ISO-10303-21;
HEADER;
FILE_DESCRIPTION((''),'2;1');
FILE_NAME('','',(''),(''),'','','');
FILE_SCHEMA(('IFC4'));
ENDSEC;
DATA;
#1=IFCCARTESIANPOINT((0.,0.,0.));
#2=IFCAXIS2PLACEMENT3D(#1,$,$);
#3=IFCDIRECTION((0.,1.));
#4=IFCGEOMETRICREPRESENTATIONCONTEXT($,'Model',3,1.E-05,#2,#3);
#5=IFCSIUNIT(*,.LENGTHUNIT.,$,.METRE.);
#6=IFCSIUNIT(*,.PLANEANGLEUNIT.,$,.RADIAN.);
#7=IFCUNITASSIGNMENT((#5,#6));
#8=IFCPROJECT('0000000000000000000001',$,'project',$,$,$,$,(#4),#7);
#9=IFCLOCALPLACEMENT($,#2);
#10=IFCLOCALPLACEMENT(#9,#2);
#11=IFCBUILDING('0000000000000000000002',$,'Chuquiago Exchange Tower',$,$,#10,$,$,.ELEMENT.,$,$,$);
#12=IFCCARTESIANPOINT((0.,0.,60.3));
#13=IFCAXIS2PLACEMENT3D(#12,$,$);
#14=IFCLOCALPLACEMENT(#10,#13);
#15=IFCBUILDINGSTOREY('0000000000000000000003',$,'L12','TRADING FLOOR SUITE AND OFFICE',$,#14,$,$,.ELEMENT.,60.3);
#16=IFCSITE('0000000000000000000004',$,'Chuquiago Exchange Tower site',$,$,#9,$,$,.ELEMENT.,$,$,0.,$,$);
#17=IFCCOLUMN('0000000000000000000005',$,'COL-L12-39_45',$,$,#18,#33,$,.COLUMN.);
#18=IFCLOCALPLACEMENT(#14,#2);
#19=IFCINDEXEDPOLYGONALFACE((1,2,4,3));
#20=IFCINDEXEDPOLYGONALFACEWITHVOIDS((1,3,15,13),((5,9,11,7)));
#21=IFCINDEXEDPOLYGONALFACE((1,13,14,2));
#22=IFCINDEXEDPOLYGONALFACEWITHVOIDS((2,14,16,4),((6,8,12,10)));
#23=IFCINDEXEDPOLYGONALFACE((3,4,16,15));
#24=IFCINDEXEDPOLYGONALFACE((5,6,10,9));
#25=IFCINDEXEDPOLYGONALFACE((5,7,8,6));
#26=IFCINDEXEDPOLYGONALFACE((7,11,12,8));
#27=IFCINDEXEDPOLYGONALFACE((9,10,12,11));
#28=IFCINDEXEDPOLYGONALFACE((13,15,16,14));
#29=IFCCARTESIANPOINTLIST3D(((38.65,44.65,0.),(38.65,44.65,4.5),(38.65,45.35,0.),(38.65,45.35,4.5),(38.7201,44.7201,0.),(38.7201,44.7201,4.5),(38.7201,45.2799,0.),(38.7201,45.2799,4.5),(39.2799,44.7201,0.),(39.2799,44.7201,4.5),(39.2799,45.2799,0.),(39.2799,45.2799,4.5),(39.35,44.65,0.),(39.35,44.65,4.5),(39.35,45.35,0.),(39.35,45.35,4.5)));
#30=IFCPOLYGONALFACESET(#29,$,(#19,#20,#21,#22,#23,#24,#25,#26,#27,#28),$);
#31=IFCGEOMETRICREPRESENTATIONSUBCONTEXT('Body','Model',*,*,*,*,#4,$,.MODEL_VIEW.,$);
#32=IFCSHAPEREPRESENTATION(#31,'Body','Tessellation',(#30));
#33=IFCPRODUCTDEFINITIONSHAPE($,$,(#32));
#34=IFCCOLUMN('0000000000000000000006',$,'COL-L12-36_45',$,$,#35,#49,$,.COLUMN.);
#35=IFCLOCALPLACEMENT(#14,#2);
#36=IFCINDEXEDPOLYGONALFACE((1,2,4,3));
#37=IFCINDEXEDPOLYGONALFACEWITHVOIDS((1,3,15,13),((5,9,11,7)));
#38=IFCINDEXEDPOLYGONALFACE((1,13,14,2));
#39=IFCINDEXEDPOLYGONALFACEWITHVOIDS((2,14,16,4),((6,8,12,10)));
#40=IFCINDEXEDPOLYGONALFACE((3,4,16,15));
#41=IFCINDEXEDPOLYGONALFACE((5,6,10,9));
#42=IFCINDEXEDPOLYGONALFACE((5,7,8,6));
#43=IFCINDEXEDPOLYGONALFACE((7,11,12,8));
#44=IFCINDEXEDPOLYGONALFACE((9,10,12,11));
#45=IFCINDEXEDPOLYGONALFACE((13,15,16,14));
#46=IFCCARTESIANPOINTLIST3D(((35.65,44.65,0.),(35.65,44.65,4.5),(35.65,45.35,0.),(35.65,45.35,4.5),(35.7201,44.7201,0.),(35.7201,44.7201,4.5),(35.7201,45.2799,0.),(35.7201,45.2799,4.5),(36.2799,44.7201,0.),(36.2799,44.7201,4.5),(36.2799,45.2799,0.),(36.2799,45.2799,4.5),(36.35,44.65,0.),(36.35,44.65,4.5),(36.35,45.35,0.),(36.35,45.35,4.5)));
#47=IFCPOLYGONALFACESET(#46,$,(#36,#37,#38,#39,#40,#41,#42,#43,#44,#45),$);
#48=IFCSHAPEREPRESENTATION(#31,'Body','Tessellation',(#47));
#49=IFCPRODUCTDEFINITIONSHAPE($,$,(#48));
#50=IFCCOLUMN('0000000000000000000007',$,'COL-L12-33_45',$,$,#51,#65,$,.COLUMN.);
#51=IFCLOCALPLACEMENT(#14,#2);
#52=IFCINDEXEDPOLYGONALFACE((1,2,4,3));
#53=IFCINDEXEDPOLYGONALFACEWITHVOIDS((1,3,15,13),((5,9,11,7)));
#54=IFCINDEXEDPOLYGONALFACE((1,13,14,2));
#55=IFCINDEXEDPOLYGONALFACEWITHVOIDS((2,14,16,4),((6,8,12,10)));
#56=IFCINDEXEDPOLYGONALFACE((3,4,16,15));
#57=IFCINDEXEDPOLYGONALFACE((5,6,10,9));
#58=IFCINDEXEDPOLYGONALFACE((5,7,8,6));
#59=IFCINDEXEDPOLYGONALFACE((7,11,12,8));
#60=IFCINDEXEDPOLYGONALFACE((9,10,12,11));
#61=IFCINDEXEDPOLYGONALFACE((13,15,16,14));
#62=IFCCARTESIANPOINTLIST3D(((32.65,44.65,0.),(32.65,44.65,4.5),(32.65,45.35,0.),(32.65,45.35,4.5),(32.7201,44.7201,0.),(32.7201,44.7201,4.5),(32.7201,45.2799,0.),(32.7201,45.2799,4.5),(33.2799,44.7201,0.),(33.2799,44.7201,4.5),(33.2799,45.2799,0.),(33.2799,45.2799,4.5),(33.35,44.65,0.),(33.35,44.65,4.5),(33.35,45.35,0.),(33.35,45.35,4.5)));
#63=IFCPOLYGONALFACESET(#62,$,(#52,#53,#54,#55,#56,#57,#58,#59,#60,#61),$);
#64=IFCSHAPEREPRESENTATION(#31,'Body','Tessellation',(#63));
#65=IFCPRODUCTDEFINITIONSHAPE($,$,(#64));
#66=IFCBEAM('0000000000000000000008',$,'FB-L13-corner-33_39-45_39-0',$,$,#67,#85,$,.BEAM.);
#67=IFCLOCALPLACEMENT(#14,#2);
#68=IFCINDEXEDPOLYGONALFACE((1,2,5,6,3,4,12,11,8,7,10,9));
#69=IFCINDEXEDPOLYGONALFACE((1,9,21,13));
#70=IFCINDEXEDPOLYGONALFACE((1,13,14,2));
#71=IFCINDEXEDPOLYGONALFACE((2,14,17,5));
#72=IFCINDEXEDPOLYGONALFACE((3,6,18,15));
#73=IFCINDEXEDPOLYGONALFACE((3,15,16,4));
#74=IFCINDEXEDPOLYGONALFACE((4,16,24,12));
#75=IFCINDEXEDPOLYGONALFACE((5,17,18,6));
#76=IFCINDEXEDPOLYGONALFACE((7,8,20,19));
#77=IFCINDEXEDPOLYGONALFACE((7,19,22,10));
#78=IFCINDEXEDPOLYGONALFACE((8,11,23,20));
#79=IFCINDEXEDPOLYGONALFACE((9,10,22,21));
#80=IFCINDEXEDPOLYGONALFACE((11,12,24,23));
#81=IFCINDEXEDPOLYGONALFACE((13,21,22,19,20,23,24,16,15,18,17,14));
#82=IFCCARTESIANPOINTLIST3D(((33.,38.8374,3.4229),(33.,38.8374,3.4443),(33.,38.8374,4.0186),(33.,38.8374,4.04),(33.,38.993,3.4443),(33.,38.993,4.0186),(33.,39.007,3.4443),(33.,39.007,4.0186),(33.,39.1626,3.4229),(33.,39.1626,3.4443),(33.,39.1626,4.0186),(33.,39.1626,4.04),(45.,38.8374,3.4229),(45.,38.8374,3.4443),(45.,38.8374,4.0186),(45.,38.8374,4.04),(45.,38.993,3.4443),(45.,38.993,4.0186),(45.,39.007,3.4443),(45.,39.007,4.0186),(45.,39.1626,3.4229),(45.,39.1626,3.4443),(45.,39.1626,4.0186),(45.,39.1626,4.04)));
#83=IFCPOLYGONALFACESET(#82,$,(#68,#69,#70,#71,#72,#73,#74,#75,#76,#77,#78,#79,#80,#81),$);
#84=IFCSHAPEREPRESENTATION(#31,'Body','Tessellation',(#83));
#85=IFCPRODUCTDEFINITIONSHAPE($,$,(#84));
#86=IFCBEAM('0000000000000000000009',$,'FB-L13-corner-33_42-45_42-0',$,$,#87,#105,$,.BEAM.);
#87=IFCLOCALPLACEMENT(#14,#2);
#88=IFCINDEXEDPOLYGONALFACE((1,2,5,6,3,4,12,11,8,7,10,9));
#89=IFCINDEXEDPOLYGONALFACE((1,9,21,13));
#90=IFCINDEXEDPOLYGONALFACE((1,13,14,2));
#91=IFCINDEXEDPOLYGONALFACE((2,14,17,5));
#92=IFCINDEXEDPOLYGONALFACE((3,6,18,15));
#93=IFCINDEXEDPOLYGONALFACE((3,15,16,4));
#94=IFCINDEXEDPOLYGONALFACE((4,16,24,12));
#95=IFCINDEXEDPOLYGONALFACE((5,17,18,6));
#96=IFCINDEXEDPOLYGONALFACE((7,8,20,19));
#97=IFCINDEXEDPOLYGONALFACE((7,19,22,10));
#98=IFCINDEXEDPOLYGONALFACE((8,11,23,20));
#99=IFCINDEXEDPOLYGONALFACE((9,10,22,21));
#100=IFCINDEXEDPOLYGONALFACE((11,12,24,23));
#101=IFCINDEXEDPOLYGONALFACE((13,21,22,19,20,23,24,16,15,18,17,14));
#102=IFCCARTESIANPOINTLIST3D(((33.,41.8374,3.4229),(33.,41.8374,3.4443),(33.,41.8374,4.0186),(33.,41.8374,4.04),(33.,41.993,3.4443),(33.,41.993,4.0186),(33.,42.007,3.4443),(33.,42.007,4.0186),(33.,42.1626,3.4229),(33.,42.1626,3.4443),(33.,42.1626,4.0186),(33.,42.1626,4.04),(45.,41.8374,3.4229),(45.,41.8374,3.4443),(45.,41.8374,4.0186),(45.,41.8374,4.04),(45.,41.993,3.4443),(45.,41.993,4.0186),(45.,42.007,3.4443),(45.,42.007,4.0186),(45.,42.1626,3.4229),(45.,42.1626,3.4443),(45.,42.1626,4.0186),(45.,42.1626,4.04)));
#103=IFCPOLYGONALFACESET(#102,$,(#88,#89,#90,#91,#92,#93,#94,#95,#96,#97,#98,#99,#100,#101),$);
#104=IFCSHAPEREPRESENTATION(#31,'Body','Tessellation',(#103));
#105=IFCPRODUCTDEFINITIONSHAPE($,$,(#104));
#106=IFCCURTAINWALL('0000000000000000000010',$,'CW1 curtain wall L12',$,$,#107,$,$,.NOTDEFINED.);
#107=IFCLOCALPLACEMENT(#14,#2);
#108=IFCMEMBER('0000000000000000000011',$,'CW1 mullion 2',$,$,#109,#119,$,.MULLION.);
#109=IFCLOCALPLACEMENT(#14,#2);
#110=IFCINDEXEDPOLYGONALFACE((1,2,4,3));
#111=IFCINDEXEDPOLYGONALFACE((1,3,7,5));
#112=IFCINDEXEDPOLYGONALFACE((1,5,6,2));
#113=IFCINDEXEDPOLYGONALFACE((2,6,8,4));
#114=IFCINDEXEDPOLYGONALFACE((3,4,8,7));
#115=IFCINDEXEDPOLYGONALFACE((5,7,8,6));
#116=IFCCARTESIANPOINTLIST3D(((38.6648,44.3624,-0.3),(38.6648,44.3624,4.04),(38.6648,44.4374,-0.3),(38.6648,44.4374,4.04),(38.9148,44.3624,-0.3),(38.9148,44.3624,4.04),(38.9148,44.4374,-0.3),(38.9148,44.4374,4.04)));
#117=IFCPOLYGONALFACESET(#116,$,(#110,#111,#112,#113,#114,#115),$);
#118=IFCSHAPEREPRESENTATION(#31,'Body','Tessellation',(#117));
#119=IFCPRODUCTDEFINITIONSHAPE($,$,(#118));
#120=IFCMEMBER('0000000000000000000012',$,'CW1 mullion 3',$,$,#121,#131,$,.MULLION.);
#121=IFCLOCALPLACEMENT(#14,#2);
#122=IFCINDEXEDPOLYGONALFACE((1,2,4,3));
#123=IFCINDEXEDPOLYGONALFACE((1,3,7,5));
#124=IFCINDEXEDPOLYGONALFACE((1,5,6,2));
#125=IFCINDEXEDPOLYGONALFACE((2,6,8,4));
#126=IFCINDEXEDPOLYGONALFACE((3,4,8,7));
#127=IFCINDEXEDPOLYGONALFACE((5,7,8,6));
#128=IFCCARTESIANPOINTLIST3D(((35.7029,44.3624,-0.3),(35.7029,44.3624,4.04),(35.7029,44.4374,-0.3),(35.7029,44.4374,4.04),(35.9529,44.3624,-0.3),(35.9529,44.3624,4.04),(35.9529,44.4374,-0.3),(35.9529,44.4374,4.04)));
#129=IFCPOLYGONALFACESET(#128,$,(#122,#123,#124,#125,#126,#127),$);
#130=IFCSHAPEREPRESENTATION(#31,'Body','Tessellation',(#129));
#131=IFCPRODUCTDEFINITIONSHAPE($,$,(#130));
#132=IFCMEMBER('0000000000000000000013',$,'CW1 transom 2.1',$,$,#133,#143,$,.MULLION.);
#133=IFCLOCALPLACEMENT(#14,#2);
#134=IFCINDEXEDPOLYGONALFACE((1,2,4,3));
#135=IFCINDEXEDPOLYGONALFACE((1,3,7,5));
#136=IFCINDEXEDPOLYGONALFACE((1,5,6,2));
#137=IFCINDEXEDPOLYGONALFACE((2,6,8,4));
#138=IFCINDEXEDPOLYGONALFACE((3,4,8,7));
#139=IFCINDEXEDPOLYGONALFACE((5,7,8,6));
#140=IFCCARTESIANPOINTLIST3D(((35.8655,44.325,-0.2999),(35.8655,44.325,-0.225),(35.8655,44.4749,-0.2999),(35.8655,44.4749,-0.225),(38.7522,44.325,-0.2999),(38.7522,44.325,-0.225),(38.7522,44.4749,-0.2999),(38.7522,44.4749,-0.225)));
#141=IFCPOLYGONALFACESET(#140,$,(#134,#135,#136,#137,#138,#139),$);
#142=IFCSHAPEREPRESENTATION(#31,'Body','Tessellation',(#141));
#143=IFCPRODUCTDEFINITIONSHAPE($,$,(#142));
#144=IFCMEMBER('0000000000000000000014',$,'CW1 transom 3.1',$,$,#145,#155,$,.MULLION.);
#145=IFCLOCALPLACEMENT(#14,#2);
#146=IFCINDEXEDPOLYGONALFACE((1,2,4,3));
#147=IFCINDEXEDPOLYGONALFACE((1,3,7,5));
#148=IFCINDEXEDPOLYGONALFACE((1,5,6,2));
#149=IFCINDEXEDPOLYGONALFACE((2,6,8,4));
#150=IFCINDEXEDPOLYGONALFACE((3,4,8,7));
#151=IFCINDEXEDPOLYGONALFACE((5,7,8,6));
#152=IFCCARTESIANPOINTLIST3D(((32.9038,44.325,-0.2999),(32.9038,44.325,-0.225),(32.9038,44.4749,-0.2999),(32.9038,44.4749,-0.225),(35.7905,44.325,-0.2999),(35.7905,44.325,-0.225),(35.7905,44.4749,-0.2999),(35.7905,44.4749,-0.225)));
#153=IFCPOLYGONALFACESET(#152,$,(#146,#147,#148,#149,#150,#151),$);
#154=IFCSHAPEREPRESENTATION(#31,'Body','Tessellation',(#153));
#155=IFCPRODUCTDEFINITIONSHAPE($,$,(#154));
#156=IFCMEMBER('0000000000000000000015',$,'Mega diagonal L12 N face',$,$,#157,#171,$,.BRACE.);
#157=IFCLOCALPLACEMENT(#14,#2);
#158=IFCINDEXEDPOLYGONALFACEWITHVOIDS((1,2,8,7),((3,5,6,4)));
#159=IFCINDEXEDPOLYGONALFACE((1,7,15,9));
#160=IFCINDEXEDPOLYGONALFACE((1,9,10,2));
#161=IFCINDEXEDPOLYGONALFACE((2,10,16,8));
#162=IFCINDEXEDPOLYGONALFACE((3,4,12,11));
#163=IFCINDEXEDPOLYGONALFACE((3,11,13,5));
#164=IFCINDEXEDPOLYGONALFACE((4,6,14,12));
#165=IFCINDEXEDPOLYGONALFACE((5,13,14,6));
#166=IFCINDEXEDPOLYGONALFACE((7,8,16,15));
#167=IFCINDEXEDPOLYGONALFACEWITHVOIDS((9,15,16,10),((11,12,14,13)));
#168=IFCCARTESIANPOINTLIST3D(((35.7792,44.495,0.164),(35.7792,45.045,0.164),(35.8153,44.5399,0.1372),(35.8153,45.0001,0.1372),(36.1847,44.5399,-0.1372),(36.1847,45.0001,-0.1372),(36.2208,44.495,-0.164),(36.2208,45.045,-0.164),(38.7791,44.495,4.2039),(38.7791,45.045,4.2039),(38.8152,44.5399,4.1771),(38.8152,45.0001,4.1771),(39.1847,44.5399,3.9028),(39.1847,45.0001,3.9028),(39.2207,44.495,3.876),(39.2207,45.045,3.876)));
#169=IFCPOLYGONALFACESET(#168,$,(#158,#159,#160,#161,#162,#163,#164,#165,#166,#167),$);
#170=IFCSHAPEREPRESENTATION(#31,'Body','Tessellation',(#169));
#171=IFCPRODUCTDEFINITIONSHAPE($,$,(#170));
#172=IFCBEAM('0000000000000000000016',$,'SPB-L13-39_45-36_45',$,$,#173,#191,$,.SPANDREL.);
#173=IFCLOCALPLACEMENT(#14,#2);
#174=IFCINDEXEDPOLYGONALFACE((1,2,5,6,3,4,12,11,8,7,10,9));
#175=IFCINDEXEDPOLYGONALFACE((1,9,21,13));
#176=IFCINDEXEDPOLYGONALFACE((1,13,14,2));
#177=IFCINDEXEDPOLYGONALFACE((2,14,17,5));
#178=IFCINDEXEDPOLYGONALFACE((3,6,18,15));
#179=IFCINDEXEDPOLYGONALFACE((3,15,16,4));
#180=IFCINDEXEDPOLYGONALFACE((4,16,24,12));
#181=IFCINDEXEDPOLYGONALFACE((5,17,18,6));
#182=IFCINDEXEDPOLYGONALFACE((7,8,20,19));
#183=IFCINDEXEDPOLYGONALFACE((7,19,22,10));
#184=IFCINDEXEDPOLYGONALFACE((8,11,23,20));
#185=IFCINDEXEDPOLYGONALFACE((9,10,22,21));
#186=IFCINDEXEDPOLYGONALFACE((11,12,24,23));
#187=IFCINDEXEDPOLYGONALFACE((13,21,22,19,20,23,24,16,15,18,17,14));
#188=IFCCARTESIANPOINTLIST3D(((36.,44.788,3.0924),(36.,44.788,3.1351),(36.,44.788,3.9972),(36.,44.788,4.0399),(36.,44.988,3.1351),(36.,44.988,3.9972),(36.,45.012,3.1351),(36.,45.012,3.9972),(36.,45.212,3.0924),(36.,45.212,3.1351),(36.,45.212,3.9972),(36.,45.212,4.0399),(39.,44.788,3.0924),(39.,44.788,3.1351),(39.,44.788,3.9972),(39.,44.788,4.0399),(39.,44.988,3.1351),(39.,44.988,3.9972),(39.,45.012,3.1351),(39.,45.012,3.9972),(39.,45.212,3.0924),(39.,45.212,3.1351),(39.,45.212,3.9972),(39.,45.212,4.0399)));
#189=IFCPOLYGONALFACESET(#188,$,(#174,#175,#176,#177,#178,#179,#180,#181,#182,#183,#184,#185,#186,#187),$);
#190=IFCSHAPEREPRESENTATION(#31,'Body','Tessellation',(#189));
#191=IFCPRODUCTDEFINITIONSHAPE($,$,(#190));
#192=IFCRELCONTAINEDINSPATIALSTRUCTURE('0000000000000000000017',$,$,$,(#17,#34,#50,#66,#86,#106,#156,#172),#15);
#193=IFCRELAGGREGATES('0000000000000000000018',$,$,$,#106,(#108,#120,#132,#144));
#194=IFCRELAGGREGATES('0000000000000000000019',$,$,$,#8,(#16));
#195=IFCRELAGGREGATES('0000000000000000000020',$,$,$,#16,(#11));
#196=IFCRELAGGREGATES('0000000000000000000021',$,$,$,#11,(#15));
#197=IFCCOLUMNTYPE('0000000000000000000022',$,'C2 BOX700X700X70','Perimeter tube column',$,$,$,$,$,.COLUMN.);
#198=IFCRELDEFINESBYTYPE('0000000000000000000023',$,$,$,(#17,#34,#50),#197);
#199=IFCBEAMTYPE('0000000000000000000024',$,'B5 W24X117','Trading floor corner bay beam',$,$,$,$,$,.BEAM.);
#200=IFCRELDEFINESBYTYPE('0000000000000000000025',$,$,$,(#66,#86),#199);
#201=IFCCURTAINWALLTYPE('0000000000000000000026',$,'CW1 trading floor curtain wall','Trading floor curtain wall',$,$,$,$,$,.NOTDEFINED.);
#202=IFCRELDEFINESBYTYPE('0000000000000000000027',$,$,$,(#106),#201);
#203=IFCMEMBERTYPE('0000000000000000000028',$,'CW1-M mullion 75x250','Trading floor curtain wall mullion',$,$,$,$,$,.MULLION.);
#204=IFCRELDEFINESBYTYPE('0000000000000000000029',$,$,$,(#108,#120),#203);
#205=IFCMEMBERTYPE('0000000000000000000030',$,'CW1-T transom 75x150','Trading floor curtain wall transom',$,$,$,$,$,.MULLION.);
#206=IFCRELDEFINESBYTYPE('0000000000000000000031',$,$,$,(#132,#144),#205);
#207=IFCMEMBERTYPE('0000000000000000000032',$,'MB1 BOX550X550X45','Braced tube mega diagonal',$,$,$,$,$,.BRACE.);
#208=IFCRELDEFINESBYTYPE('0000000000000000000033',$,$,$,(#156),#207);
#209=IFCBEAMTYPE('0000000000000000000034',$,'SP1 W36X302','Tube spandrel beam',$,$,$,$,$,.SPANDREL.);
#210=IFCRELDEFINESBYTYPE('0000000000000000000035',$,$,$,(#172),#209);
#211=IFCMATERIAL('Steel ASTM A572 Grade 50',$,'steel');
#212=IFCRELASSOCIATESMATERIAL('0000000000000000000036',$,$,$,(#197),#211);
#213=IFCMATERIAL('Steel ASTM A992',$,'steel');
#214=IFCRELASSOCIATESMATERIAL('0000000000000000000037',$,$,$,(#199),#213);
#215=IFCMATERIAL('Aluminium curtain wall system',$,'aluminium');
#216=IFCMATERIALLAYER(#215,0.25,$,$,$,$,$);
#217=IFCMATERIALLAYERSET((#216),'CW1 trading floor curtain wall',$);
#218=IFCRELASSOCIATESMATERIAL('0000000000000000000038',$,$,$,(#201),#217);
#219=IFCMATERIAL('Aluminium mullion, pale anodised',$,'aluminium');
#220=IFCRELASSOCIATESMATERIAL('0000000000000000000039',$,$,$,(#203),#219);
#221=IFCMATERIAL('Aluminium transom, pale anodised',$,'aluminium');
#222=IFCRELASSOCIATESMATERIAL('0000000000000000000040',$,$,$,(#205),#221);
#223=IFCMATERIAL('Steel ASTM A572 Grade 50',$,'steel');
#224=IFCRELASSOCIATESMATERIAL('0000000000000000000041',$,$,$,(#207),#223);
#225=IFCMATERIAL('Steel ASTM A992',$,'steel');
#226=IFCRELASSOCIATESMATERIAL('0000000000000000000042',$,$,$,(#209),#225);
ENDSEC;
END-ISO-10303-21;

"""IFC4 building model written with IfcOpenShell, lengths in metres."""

from ifc_helpers import new_model, si_unit, direction, frame, origin, origin_2d, place, context, subcontext, project, spatial, rectangle, hollow_rectangle, i_section, extrude, material, layer, layer_set, material_profile, profile_set, type_object, element, aggregate, save


model = new_model("IFC4")

# Units and contexts
model_context = context("Model", 3, precision=1e-05, world=origin(), true_north=direction((0.0, 1.0)))
body_context = subcontext(model_context, "Body", "Model", "MODEL_VIEW")
ifc_project = project(units=[si_unit("LENGTHUNIT", "METRE"), si_unit("PLANEANGLEUNIT", "RADIAN")], contexts=[model_context])

# Site, building, storey
site_placement = place(None, origin())
site = spatial("IfcSite", under=ifc_project, at=site_placement, Name="Chuquiago Exchange Tower site", CompositionType="ELEMENT", RefElevation=0.0)
building_placement = place(site_placement, origin())
building = spatial("IfcBuilding", under=site, at=building_placement, Name="Chuquiago Exchange Tower", CompositionType="ELEMENT")
storey_placement = place(building_placement, frame((0.0, 0.0, 60.3)))
storey = spatial("IfcBuildingStorey", under=building, at=storey_placement, Name="L12", Description="TRADING FLOOR SUITE AND OFFICE", CompositionType="ELEMENT", Elevation=60.3)

# Columns
ifc_material_1 = material(Name="Steel ASTM A572 Grade 50", Category="steel")
ifc_material_profile_1 = material_profile(ifc_material_1, hollow_rectangle(XDim=0.7, YDim=0.7, WallThickness=0.0701, at=origin_2d()), Name="BOX700X700X70")
ifc_profile_set_1 = profile_set([ifc_material_profile_1], Name="Steel ASTM A572 Grade 50")
column_type = type_object("IfcColumnType", Name="C2 BOX700X700X70", Description="Perimeter tube column", PredefinedType="COLUMN", material=ifc_profile_set_1)
for number, where, z_axis, x_axis, name in (
    (1, (39.0, 45.0, 0.0), (0.0, 0.0, 1.0), (0.0, 1.0, 0.0), "COL-L12-39_45"),
    (2, (36.0, 45.0, 0.0), (0.0, 0.0, 1.0), (0.0, 1.0, 0.0), "COL-L12-36_45"),
    (3, (33.0, 45.0, 0.0), (0.0, 0.0, 1.0), (0.0, 1.0, 0.0), "COL-L12-33_45"),
):
    element("IfcColumn", number, at=place(storey_placement, frame(where, z_axis=z_axis, x_axis=x_axis)), inside=storey, type_object=column_type, Name=name, PredefinedType="COLUMN", context=body_context, shape_type="SweptSolid", body=[
        extrude(hollow_rectangle(XDim=0.7, YDim=0.7, WallThickness=0.0701, at=origin_2d()), origin(), (0.0, 0.0, 1.0), 4.5),
    ])

# Beams
ifc_material_2 = material(Name="Steel ASTM A992", Category="steel")
ifc_material_profile_2 = material_profile(ifc_material_2, i_section(OverallWidth=0.3252, OverallDepth=0.6172, WebThickness=0.0139, FlangeThickness=0.0215, at=origin_2d()), Name="W24X117")
ifc_profile_set_2 = profile_set([ifc_material_profile_2], Name="Steel ASTM A992")
beam_type_1 = type_object("IfcBeamType", Name="B5 W24X117", Description="Trading floor corner bay beam", PredefinedType="BEAM", material=ifc_profile_set_2)
for number, where, z_axis, x_axis, name in (
    (4, (33.0, 39.0, 3.7314), (1.0, 0.0, 0.0), (0.0, 1.0, 0.0), "FB-L13-corner-33_39-45_39-0"),
    (5, (33.0, 42.0, 3.7314), (1.0, 0.0, 0.0), (0.0, 1.0, 0.0), "FB-L13-corner-33_42-45_42-0"),
):
    element("IfcBeam", number, at=place(storey_placement, frame(where, z_axis=z_axis, x_axis=x_axis)), inside=storey, type_object=beam_type_1, Name=name, PredefinedType="BEAM", context=body_context, shape_type="SweptSolid", body=[
        extrude(i_section(OverallWidth=0.3252, OverallDepth=0.6172, WebThickness=0.0139, FlangeThickness=0.0215, at=origin_2d()), origin(), (0.0, 0.0, 1.0), 12.0),
    ])

# Curtain wall, members
ifc_material_3 = material(Name="Aluminium curtain wall system", Category="aluminium")
ifc_layer_1 = layer(ifc_material_3, 0.25)
ifc_layer_set_1 = layer_set([ifc_layer_1], Name="CW1 trading floor curtain wall")
curtain_wall_type = type_object("IfcCurtainWallType", Name="CW1 trading floor curtain wall", Description="Trading floor curtain wall", PredefinedType="NOTDEFINED", material=ifc_layer_set_1)
curtain_wall_placement = place(storey_placement, origin())
curtain_wall = element("IfcCurtainWall", 6, at=curtain_wall_placement, inside=storey, type_object=curtain_wall_type, Name="CW1 curtain wall L12", PredefinedType="NOTDEFINED")
ifc_material_4 = material(Name="Aluminium mullion, pale anodised", Category="aluminium")
ifc_material_profile_3 = material_profile(ifc_material_4, rectangle(XDim=0.075, YDim=0.25, at=origin_2d()), Name="AL 75x250")
ifc_profile_set_3 = profile_set([ifc_material_profile_3], Name="Aluminium mullion, pale anodised")
member_type_1 = type_object("IfcMemberType", Name="CW1-M mullion 75x250", Description="Trading floor curtain wall mullion", PredefinedType="MULLION", material=ifc_profile_set_3)
member_1_placement = place(storey_placement, frame((38.7898, 44.3999, -0.3), z_axis=(0.0, 0.0, 1.0), x_axis=(0.0, -1.0, 0.0)))
member_1 = element("IfcMember", 7, at=member_1_placement, type_object=member_type_1, Name="CW1 mullion 2", PredefinedType="MULLION", context=body_context, shape_type="SweptSolid", body=[
    extrude(rectangle(XDim=0.075, YDim=0.25, at=origin_2d()), origin(), (0.0, 0.0, 1.0), 4.3401),
])
member_2_placement = place(storey_placement, frame((35.8279, 44.3999, -0.3), z_axis=(0.0, 0.0, 1.0), x_axis=(0.0, -1.0, 0.0)))
member_2 = element("IfcMember", 8, at=member_2_placement, type_object=member_type_1, Name="CW1 mullion 3", PredefinedType="MULLION", context=body_context, shape_type="SweptSolid", body=[
    extrude(rectangle(XDim=0.075, YDim=0.25, at=origin_2d()), origin(), (0.0, 0.0, 1.0), 4.3401),
])
ifc_material_5 = material(Name="Aluminium transom, pale anodised", Category="aluminium")
ifc_material_profile_4 = material_profile(ifc_material_5, rectangle(XDim=0.1499, YDim=0.075, at=origin_2d()), Name="AL 150x75")
ifc_profile_set_4 = profile_set([ifc_material_profile_4], Name="Aluminium transom, pale anodised")
member_type_2 = type_object("IfcMemberType", Name="CW1-T transom 75x150", Description="Trading floor curtain wall transom", PredefinedType="MULLION", material=ifc_profile_set_4)
member_3_placement = place(storey_placement, frame((38.7522, 44.3999, -0.2625), z_axis=(-1.0, 0.0, 0.0), x_axis=(0.0, -1.0, 0.0)))
member_3 = element("IfcMember", 9, at=member_3_placement, type_object=member_type_2, Name="CW1 transom 2.1", PredefinedType="MULLION", context=body_context, shape_type="SweptSolid", body=[
    extrude(rectangle(XDim=0.1499, YDim=0.075, at=origin_2d()), origin(), (0.0, 0.0, 1.0), 2.8867),
])
member_4_placement = place(storey_placement, frame((35.7905, 44.3999, -0.2625), z_axis=(-1.0, 0.0, 0.0), x_axis=(0.0, -1.0, 0.0)))
member_4 = element("IfcMember", 10, at=member_4_placement, type_object=member_type_2, Name="CW1 transom 3.1", PredefinedType="MULLION", context=body_context, shape_type="SweptSolid", body=[
    extrude(rectangle(XDim=0.1499, YDim=0.075, at=origin_2d()), origin(), (0.0, 0.0, 1.0), 2.8867),
])

# Member
ifc_material_6 = material(Name="Steel ASTM A572 Grade 50", Category="steel")
ifc_material_profile_5 = material_profile(ifc_material_6, hollow_rectangle(XDim=0.55, YDim=0.55, WallThickness=0.0449, at=origin_2d()), Name="BOX550X550X45")
ifc_profile_set_5 = profile_set([ifc_material_profile_5], Name="Steel ASTM A572 Grade 50")
member_type_3 = type_object("IfcMemberType", Name="MB1 BOX550X550X45", Description="Braced tube mega diagonal", PredefinedType="BRACE", material=ifc_profile_set_5)
member_5_placement = place(storey_placement, frame((36.0, 44.77, 0.0), z_axis=(0.596174, 0.0, 0.802855), x_axis=(0.0, 1.0, 0.0)))
element("IfcMember", 11, at=member_5_placement, inside=storey, type_object=member_type_3, Name="Mega diagonal L12 N face", PredefinedType="BRACE", context=body_context, shape_type="SweptSolid", body=[
    extrude(hollow_rectangle(XDim=0.55, YDim=0.55, WallThickness=0.0449, at=origin_2d()), origin(), (0.0, 0.0, 1.0), 5.032),
])

# Beam
ifc_material_7 = material(Name="Steel ASTM A992", Category="steel")
ifc_material_profile_6 = material_profile(ifc_material_7, i_section(OverallWidth=0.4241, OverallDepth=0.9475, WebThickness=0.0239, FlangeThickness=0.0427, at=origin_2d()), Name="W36X302")
ifc_profile_set_6 = profile_set([ifc_material_profile_6], Name="Steel ASTM A992")
beam_type_2 = type_object("IfcBeamType", Name="SP1 W36X302", Description="Tube spandrel beam", PredefinedType="SPANDREL", material=ifc_profile_set_6)
for number, where, z_axis, x_axis, name in (
    (12, (39.0, 45.0, 3.5662), (-1.0, 0.0, 0.0), (0.0, -1.0, 0.0), "SPB-L13-39_45-36_45"),
):
    element("IfcBeam", number, at=place(storey_placement, frame(where, z_axis=z_axis, x_axis=x_axis)), inside=storey, type_object=beam_type_2, Name=name, PredefinedType="SPANDREL", context=body_context, shape_type="SweptSolid", body=[
        extrude(i_section(OverallWidth=0.4241, OverallDepth=0.9475, WebThickness=0.0239, FlangeThickness=0.0427, at=origin_2d()), origin(), (0.0, 0.0, 1.0), 3.0),
    ])

aggregate(curtain_wall, [member_1, member_2, member_3, member_4])

save(model, "model.ifc")
